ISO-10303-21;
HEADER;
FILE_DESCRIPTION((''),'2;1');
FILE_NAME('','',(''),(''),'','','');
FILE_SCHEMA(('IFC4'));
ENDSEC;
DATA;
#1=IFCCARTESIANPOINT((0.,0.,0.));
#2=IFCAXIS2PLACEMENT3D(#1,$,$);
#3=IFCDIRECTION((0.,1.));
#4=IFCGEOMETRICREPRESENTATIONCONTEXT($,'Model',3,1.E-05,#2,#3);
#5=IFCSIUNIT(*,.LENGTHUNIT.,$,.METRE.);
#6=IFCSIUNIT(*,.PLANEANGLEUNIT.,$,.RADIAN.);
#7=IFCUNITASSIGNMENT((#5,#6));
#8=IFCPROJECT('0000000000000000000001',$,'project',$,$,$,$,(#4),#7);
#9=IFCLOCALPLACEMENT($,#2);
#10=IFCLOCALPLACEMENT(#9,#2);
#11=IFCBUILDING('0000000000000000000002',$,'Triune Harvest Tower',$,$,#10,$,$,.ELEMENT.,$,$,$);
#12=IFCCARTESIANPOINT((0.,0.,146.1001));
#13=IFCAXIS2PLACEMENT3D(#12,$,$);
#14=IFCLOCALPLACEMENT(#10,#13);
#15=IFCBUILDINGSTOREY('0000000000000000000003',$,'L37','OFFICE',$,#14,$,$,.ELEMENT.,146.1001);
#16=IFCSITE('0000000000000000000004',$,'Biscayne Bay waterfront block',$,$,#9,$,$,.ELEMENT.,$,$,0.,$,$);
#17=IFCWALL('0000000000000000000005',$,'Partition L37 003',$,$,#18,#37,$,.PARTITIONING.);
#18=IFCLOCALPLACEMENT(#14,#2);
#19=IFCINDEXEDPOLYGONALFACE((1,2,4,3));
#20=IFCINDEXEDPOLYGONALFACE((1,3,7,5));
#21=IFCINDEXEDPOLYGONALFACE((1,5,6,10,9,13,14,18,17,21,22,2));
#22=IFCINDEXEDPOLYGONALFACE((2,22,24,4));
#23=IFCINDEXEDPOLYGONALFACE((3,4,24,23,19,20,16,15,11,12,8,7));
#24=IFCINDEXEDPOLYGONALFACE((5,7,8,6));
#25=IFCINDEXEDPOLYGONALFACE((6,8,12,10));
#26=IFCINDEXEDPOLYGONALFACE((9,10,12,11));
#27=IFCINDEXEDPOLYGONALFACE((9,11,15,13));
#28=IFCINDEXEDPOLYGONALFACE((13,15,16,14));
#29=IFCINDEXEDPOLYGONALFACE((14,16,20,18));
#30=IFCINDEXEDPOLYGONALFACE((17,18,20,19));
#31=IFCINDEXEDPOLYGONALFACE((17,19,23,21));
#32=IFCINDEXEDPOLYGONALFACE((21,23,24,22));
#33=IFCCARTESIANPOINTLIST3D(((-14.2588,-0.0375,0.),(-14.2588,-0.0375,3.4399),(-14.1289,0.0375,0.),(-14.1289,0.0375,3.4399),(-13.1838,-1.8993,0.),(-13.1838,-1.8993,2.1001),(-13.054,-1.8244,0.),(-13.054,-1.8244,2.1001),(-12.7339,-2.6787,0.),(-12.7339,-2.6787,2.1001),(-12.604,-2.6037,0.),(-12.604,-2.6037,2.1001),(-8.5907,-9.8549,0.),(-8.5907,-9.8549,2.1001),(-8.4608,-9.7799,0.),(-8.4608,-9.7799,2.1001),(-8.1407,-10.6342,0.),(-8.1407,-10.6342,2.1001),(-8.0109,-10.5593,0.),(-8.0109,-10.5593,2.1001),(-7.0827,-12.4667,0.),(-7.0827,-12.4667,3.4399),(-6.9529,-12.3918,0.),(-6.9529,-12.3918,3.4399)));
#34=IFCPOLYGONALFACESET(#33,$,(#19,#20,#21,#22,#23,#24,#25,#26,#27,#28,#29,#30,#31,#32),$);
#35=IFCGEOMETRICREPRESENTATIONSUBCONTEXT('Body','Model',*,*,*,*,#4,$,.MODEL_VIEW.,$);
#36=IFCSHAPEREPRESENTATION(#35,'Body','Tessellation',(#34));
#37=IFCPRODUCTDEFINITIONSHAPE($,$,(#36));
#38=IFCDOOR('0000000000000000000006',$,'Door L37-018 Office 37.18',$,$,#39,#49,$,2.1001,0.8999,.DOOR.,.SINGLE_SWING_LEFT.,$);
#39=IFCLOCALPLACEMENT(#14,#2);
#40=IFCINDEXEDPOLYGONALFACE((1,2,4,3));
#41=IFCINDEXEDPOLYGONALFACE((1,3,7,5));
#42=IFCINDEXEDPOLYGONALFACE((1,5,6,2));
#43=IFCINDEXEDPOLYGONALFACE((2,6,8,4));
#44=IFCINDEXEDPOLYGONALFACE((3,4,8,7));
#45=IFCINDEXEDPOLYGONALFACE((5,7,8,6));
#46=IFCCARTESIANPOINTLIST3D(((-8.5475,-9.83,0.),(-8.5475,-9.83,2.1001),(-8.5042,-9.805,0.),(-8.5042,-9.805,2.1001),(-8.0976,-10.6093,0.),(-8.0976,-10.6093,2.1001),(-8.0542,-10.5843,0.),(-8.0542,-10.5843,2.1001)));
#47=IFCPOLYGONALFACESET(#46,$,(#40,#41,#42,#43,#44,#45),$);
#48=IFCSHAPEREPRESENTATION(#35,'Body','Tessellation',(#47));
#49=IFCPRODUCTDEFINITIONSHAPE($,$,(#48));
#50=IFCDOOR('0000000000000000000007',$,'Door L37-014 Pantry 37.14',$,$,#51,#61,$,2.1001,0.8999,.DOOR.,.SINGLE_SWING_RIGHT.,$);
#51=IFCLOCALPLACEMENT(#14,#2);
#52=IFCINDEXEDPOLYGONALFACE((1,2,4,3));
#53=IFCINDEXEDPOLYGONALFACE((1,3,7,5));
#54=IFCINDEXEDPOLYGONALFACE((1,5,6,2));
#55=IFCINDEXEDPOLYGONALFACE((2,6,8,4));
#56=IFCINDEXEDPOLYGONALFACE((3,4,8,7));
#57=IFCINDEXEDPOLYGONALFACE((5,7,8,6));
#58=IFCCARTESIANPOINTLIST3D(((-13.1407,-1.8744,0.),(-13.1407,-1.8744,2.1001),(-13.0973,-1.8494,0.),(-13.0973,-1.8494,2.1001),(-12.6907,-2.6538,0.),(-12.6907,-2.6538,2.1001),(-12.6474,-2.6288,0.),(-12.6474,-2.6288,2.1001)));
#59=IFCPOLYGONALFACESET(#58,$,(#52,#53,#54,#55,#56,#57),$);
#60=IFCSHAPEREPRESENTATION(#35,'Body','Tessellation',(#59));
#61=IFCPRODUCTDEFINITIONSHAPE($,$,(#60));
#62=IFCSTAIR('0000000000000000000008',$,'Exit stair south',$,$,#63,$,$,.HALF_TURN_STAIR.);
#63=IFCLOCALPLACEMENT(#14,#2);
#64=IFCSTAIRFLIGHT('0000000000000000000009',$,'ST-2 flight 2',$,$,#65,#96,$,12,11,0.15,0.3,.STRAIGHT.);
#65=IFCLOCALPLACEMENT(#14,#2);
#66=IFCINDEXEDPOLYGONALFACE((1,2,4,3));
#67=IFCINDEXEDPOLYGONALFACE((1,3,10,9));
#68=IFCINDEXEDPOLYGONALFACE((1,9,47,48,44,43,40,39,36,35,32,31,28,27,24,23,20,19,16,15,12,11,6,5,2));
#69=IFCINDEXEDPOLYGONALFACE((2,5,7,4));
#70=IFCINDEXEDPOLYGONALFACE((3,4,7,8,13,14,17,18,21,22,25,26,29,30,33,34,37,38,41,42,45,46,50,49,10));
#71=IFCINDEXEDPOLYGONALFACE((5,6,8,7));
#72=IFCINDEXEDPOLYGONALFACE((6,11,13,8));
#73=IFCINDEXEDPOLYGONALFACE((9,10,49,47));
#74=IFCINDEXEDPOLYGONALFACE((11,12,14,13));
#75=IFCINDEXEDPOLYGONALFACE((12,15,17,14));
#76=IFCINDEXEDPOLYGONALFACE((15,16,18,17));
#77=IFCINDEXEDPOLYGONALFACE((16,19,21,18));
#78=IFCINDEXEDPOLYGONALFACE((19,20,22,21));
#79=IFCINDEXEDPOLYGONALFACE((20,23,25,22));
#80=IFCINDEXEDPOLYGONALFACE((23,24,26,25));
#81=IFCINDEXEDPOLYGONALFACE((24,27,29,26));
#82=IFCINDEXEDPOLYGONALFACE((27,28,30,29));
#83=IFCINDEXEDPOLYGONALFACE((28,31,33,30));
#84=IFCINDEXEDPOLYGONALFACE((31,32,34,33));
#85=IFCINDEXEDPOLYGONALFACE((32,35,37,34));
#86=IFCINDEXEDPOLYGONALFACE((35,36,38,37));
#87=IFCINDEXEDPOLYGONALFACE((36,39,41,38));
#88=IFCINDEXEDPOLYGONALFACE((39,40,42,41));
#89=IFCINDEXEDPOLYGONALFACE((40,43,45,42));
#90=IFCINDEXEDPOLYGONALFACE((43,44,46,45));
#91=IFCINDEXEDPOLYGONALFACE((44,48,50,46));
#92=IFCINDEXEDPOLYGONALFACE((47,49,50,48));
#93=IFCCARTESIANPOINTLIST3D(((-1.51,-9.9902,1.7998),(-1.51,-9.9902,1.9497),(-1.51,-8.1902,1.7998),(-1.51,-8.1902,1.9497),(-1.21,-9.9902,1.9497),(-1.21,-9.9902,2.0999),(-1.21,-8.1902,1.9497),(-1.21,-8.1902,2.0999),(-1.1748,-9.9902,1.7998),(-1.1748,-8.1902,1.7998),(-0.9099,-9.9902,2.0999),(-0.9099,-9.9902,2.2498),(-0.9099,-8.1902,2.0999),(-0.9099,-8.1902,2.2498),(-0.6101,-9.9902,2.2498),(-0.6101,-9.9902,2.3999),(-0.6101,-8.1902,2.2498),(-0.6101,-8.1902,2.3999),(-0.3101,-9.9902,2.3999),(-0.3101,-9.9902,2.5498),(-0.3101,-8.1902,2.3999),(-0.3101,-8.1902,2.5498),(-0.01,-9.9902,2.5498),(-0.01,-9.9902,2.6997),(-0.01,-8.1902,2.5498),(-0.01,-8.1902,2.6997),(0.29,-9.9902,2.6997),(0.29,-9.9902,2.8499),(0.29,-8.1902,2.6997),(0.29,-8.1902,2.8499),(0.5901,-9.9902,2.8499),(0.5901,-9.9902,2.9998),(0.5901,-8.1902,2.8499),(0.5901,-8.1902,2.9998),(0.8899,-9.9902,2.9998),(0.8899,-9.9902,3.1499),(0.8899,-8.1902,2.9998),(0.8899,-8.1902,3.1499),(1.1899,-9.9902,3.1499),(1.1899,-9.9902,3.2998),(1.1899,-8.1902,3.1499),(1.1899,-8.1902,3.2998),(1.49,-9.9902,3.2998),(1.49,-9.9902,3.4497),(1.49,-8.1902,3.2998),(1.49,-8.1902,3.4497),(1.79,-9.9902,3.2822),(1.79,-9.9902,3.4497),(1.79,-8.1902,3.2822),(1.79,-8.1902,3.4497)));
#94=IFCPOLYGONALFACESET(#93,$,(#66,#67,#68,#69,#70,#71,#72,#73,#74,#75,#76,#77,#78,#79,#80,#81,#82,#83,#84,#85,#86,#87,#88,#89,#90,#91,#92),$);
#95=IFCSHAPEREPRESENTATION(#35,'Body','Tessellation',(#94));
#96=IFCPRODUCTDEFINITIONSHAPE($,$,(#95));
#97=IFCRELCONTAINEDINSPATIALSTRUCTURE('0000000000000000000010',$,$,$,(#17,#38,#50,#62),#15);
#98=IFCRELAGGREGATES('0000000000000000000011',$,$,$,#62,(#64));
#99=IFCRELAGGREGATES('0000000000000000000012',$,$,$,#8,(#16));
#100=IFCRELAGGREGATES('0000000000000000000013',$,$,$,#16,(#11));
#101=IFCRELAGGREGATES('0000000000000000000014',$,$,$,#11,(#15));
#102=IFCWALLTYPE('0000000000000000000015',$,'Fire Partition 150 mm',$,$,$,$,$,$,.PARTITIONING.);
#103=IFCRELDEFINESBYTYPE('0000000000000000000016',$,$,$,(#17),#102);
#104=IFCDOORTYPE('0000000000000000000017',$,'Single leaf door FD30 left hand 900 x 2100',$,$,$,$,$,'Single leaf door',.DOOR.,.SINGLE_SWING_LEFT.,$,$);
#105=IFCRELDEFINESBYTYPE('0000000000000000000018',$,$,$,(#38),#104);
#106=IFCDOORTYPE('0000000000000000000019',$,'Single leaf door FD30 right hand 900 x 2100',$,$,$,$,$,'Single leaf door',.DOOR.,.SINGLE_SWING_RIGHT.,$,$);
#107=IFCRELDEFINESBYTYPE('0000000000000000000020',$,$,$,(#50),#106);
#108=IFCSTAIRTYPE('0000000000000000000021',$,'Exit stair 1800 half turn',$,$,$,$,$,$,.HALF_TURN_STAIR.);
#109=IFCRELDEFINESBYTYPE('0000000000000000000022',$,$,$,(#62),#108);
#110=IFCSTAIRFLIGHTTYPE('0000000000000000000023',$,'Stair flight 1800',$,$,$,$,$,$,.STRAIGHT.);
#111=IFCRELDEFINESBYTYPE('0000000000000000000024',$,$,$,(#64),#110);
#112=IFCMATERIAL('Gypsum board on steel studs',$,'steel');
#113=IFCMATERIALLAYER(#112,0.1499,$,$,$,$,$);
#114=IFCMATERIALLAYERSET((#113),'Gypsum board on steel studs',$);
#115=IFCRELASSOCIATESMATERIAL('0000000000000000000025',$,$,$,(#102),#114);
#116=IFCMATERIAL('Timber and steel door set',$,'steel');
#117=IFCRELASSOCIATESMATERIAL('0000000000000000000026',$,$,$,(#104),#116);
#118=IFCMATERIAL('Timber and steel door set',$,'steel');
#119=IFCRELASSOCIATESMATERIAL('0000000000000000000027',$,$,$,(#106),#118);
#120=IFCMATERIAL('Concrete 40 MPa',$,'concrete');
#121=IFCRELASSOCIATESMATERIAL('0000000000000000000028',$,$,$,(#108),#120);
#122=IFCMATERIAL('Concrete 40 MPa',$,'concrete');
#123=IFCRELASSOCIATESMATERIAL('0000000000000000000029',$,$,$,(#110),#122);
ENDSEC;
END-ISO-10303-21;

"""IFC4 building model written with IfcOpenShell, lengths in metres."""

from ifc_helpers import new_model, si_unit, direction, frame, frame_2d, origin, place, context, subcontext, project, spatial, polyline, rectangle, outline, extrude, source, transform, mapped, material, layer, layer_set, type_object, element, fill, aggregate, save


model = new_model("IFC4")

# Units and contexts
model_context = context("Model", 3, precision=1e-05, world=origin(), true_north=direction((0.0, 1.0)))
body_context = subcontext(model_context, "Body", "Model", "MODEL_VIEW")
ifc_project = project(units=[si_unit("LENGTHUNIT", "METRE"), si_unit("PLANEANGLEUNIT", "RADIAN")], contexts=[model_context])

# Site, building, storey
site_placement = place(None, origin())
site = spatial("IfcSite", under=ifc_project, at=site_placement, Name="Biscayne Bay waterfront block", CompositionType="ELEMENT", RefElevation=0.0)
building_placement = place(site_placement, origin())
building = spatial("IfcBuilding", under=site, at=building_placement, Name="Triune Harvest Tower", CompositionType="ELEMENT")
storey_placement = place(building_placement, frame((0.0, 0.0, 146.1001)))
storey = spatial("IfcBuildingStorey", under=building, at=storey_placement, Name="L37", Description="OFFICE", CompositionType="ELEMENT", Elevation=146.1001)

# Wall, openings, doors
ifc_material_1 = material(Name="Gypsum board on steel studs", Category="steel")
ifc_layer_1 = layer(ifc_material_1, 0.1499)
ifc_layer_set_1 = layer_set([ifc_layer_1], Name="Gypsum board on steel studs")
wall_type_1 = type_object("IfcWallType", Name="Fire Partition 150 mm", PredefinedType="PARTITIONING", material=ifc_layer_set_1)
shared_shape_1 = source(origin(), body_context, "Body", "SweptSolid", [
    extrude(rectangle(XDim=14.3521, YDim=0.1499, at=frame_2d((7.176, 0.0))), origin(), (0.0, 0.0, 1.0), 3.4399),
])
wall_1_placement = place(storey_placement, frame((-14.1938, 0.0, 0.0), z_axis=(0.0, 0.0, 1.0), x_axis=(0.500001, -0.866025, 0.0)))
wall_1 = element("IfcWall", 1, at=wall_1_placement, inside=storey, type_object=wall_type_1, Name="Partition L37 003", PredefinedType="PARTITIONING", context=body_context, shape_type="MappedRepresentation", body=[
    mapped(shared_shape_1, transform((0.0, 0.0, 0.0), scale=1.0)),
])
opening_1_placement = place(wall_1_placement, frame((2.1499, 0.0, 0.0)))
opening_1 = element("IfcOpeningElement", 2, at=opening_1_placement, cuts=wall_1, PredefinedType="OPENING", context=body_context, shape_type="SweptSolid", body=[
    extrude(rectangle(XDim=0.8999, YDim=2.1001, at=frame_2d((0.45, 1.05))), frame((0.0, 0.085, 0.0), z_axis=(0.0, -1.0, 0.0), x_axis=(1.0, 0.0, 0.0)), (0.0, 0.0, 1.0), 0.1699),
])
opening_2_placement = place(wall_1_placement, frame((11.3362, 0.0, 0.0)))
opening_2 = element("IfcOpeningElement", 3, at=opening_2_placement, cuts=wall_1, PredefinedType="OPENING", context=body_context, shape_type="SweptSolid", body=[
    extrude(rectangle(XDim=0.8999, YDim=2.1001, at=frame_2d((0.45, 1.05))), frame((0.0, 0.085, 0.0), z_axis=(0.0, -1.0, 0.0), x_axis=(1.0, 0.0, 0.0)), (0.0, 0.0, 1.0), 0.1699),
])
ifc_material_2 = material(Name="Timber and steel door set", Category="steel")
door_type_1 = type_object("IfcDoorType", Name="Single leaf door FD30 left hand 900 x 2100", ElementType="Single leaf door", OperationType="SINGLE_SWING_LEFT", PredefinedType="DOOR", material=ifc_material_2)
door_1_placement = place(opening_2_placement, origin())
door_1 = element("IfcDoor", 4, at=door_1_placement, inside=storey, type_object=door_type_1, Name="Door L37-018 Office 37.18", OperationType="SINGLE_SWING_LEFT", OverallHeight=2.1001, OverallWidth=0.8999, PredefinedType="DOOR", context=body_context, shape_type="SweptSolid", body=[
    extrude(rectangle(XDim=0.8999, YDim=2.1001, at=frame_2d((0.45, 1.05))), frame((0.0, 0.0249, 0.0), z_axis=(0.0, -1.0, 0.0), x_axis=(1.0, 0.0, 0.0)), (0.0, 0.0, 1.0), 0.05),
])
fill(opening_2, door_1)
ifc_material_3 = material(Name="Timber and steel door set", Category="steel")
door_type_2 = type_object("IfcDoorType", Name="Single leaf door FD30 right hand 900 x 2100", ElementType="Single leaf door", OperationType="SINGLE_SWING_RIGHT", PredefinedType="DOOR", material=ifc_material_3)
door_2_placement = place(opening_1_placement, origin())
door_2 = element("IfcDoor", 5, at=door_2_placement, inside=storey, type_object=door_type_2, Name="Door L37-014 Pantry 37.14", OperationType="SINGLE_SWING_RIGHT", OverallHeight=2.1001, OverallWidth=0.8999, PredefinedType="DOOR", context=body_context, shape_type="SweptSolid", body=[
    extrude(rectangle(XDim=0.8999, YDim=2.1001, at=frame_2d((0.45, 1.05))), frame((0.0, 0.0249, 0.0), z_axis=(0.0, -1.0, 0.0), x_axis=(1.0, 0.0, 0.0)), (0.0, 0.0, 1.0), 0.05),
])
fill(opening_1, door_2)

# Stair, stair flight
ifc_material_4 = material(Name="Concrete 40 MPa", Category="concrete")
stair_type = type_object("IfcStairType", Name="Exit stair 1800 half turn", PredefinedType="HALF_TURN_STAIR", material=ifc_material_4)
stair_placement = place(storey_placement, origin())
stair = element("IfcStair", 6, at=stair_placement, inside=storey, type_object=stair_type, Name="Exit stair south", PredefinedType="HALF_TURN_STAIR")
ifc_material_5 = material(Name="Concrete 40 MPa", Category="concrete")
stair_flight_type = type_object("IfcStairFlightType", Name="Stair flight 1800", PredefinedType="STRAIGHT", material=ifc_material_5)
shared_shape_2 = source(origin(), body_context, "Body", "SweptSolid", [
    extrude(outline(polyline([(0.0, 0.0), (0.0, 0.1499), (0.3, 0.1499), (0.3, 0.3), (0.6001, 0.3), (0.6001, 0.45), (0.8999, 0.45), (0.8999, 0.6001), (1.2, 0.6001), (1.2, 0.75), (1.5, 0.75), (1.5, 0.8999), (1.8, 0.8999), (1.8, 1.05), (2.1001, 1.05), (2.1001, 1.2), (2.3999, 1.2), (2.3999, 1.3501), (2.7, 1.3501), (2.7, 1.5), (3.0, 1.5), (3.0, 1.6499), (3.3, 1.6499), (3.3, 1.8), (3.3, 1.4824), (0.3352, 0.0), (0.0, 0.0)])), frame((0.0, 0.8999, 0.0), z_axis=(0.0, -1.0, 0.0), x_axis=(1.0, 0.0, 0.0)), (0.0, 0.0, 1.0), 1.8),
])
stair_flight_placement = place(storey_placement, frame((-1.51, -9.0901, 1.7998), z_axis=(0.0, 0.0, 1.0), x_axis=(1.0, 0.0, 0.0)))
stair_flight = element("IfcStairFlight", 7, at=stair_flight_placement, type_object=stair_flight_type, Name="ST-2 flight 2", NumberOfRisers=12, NumberOfTreads=11, PredefinedType="STRAIGHT", RiserHeight=0.15, TreadLength=0.3, context=body_context, shape_type="MappedRepresentation", body=[
    mapped(shared_shape_2, transform((0.0, 0.0, 0.0), scale=1.0)),
])
aggregate(stair, [stair_flight])

save(model, "model.ifc")
